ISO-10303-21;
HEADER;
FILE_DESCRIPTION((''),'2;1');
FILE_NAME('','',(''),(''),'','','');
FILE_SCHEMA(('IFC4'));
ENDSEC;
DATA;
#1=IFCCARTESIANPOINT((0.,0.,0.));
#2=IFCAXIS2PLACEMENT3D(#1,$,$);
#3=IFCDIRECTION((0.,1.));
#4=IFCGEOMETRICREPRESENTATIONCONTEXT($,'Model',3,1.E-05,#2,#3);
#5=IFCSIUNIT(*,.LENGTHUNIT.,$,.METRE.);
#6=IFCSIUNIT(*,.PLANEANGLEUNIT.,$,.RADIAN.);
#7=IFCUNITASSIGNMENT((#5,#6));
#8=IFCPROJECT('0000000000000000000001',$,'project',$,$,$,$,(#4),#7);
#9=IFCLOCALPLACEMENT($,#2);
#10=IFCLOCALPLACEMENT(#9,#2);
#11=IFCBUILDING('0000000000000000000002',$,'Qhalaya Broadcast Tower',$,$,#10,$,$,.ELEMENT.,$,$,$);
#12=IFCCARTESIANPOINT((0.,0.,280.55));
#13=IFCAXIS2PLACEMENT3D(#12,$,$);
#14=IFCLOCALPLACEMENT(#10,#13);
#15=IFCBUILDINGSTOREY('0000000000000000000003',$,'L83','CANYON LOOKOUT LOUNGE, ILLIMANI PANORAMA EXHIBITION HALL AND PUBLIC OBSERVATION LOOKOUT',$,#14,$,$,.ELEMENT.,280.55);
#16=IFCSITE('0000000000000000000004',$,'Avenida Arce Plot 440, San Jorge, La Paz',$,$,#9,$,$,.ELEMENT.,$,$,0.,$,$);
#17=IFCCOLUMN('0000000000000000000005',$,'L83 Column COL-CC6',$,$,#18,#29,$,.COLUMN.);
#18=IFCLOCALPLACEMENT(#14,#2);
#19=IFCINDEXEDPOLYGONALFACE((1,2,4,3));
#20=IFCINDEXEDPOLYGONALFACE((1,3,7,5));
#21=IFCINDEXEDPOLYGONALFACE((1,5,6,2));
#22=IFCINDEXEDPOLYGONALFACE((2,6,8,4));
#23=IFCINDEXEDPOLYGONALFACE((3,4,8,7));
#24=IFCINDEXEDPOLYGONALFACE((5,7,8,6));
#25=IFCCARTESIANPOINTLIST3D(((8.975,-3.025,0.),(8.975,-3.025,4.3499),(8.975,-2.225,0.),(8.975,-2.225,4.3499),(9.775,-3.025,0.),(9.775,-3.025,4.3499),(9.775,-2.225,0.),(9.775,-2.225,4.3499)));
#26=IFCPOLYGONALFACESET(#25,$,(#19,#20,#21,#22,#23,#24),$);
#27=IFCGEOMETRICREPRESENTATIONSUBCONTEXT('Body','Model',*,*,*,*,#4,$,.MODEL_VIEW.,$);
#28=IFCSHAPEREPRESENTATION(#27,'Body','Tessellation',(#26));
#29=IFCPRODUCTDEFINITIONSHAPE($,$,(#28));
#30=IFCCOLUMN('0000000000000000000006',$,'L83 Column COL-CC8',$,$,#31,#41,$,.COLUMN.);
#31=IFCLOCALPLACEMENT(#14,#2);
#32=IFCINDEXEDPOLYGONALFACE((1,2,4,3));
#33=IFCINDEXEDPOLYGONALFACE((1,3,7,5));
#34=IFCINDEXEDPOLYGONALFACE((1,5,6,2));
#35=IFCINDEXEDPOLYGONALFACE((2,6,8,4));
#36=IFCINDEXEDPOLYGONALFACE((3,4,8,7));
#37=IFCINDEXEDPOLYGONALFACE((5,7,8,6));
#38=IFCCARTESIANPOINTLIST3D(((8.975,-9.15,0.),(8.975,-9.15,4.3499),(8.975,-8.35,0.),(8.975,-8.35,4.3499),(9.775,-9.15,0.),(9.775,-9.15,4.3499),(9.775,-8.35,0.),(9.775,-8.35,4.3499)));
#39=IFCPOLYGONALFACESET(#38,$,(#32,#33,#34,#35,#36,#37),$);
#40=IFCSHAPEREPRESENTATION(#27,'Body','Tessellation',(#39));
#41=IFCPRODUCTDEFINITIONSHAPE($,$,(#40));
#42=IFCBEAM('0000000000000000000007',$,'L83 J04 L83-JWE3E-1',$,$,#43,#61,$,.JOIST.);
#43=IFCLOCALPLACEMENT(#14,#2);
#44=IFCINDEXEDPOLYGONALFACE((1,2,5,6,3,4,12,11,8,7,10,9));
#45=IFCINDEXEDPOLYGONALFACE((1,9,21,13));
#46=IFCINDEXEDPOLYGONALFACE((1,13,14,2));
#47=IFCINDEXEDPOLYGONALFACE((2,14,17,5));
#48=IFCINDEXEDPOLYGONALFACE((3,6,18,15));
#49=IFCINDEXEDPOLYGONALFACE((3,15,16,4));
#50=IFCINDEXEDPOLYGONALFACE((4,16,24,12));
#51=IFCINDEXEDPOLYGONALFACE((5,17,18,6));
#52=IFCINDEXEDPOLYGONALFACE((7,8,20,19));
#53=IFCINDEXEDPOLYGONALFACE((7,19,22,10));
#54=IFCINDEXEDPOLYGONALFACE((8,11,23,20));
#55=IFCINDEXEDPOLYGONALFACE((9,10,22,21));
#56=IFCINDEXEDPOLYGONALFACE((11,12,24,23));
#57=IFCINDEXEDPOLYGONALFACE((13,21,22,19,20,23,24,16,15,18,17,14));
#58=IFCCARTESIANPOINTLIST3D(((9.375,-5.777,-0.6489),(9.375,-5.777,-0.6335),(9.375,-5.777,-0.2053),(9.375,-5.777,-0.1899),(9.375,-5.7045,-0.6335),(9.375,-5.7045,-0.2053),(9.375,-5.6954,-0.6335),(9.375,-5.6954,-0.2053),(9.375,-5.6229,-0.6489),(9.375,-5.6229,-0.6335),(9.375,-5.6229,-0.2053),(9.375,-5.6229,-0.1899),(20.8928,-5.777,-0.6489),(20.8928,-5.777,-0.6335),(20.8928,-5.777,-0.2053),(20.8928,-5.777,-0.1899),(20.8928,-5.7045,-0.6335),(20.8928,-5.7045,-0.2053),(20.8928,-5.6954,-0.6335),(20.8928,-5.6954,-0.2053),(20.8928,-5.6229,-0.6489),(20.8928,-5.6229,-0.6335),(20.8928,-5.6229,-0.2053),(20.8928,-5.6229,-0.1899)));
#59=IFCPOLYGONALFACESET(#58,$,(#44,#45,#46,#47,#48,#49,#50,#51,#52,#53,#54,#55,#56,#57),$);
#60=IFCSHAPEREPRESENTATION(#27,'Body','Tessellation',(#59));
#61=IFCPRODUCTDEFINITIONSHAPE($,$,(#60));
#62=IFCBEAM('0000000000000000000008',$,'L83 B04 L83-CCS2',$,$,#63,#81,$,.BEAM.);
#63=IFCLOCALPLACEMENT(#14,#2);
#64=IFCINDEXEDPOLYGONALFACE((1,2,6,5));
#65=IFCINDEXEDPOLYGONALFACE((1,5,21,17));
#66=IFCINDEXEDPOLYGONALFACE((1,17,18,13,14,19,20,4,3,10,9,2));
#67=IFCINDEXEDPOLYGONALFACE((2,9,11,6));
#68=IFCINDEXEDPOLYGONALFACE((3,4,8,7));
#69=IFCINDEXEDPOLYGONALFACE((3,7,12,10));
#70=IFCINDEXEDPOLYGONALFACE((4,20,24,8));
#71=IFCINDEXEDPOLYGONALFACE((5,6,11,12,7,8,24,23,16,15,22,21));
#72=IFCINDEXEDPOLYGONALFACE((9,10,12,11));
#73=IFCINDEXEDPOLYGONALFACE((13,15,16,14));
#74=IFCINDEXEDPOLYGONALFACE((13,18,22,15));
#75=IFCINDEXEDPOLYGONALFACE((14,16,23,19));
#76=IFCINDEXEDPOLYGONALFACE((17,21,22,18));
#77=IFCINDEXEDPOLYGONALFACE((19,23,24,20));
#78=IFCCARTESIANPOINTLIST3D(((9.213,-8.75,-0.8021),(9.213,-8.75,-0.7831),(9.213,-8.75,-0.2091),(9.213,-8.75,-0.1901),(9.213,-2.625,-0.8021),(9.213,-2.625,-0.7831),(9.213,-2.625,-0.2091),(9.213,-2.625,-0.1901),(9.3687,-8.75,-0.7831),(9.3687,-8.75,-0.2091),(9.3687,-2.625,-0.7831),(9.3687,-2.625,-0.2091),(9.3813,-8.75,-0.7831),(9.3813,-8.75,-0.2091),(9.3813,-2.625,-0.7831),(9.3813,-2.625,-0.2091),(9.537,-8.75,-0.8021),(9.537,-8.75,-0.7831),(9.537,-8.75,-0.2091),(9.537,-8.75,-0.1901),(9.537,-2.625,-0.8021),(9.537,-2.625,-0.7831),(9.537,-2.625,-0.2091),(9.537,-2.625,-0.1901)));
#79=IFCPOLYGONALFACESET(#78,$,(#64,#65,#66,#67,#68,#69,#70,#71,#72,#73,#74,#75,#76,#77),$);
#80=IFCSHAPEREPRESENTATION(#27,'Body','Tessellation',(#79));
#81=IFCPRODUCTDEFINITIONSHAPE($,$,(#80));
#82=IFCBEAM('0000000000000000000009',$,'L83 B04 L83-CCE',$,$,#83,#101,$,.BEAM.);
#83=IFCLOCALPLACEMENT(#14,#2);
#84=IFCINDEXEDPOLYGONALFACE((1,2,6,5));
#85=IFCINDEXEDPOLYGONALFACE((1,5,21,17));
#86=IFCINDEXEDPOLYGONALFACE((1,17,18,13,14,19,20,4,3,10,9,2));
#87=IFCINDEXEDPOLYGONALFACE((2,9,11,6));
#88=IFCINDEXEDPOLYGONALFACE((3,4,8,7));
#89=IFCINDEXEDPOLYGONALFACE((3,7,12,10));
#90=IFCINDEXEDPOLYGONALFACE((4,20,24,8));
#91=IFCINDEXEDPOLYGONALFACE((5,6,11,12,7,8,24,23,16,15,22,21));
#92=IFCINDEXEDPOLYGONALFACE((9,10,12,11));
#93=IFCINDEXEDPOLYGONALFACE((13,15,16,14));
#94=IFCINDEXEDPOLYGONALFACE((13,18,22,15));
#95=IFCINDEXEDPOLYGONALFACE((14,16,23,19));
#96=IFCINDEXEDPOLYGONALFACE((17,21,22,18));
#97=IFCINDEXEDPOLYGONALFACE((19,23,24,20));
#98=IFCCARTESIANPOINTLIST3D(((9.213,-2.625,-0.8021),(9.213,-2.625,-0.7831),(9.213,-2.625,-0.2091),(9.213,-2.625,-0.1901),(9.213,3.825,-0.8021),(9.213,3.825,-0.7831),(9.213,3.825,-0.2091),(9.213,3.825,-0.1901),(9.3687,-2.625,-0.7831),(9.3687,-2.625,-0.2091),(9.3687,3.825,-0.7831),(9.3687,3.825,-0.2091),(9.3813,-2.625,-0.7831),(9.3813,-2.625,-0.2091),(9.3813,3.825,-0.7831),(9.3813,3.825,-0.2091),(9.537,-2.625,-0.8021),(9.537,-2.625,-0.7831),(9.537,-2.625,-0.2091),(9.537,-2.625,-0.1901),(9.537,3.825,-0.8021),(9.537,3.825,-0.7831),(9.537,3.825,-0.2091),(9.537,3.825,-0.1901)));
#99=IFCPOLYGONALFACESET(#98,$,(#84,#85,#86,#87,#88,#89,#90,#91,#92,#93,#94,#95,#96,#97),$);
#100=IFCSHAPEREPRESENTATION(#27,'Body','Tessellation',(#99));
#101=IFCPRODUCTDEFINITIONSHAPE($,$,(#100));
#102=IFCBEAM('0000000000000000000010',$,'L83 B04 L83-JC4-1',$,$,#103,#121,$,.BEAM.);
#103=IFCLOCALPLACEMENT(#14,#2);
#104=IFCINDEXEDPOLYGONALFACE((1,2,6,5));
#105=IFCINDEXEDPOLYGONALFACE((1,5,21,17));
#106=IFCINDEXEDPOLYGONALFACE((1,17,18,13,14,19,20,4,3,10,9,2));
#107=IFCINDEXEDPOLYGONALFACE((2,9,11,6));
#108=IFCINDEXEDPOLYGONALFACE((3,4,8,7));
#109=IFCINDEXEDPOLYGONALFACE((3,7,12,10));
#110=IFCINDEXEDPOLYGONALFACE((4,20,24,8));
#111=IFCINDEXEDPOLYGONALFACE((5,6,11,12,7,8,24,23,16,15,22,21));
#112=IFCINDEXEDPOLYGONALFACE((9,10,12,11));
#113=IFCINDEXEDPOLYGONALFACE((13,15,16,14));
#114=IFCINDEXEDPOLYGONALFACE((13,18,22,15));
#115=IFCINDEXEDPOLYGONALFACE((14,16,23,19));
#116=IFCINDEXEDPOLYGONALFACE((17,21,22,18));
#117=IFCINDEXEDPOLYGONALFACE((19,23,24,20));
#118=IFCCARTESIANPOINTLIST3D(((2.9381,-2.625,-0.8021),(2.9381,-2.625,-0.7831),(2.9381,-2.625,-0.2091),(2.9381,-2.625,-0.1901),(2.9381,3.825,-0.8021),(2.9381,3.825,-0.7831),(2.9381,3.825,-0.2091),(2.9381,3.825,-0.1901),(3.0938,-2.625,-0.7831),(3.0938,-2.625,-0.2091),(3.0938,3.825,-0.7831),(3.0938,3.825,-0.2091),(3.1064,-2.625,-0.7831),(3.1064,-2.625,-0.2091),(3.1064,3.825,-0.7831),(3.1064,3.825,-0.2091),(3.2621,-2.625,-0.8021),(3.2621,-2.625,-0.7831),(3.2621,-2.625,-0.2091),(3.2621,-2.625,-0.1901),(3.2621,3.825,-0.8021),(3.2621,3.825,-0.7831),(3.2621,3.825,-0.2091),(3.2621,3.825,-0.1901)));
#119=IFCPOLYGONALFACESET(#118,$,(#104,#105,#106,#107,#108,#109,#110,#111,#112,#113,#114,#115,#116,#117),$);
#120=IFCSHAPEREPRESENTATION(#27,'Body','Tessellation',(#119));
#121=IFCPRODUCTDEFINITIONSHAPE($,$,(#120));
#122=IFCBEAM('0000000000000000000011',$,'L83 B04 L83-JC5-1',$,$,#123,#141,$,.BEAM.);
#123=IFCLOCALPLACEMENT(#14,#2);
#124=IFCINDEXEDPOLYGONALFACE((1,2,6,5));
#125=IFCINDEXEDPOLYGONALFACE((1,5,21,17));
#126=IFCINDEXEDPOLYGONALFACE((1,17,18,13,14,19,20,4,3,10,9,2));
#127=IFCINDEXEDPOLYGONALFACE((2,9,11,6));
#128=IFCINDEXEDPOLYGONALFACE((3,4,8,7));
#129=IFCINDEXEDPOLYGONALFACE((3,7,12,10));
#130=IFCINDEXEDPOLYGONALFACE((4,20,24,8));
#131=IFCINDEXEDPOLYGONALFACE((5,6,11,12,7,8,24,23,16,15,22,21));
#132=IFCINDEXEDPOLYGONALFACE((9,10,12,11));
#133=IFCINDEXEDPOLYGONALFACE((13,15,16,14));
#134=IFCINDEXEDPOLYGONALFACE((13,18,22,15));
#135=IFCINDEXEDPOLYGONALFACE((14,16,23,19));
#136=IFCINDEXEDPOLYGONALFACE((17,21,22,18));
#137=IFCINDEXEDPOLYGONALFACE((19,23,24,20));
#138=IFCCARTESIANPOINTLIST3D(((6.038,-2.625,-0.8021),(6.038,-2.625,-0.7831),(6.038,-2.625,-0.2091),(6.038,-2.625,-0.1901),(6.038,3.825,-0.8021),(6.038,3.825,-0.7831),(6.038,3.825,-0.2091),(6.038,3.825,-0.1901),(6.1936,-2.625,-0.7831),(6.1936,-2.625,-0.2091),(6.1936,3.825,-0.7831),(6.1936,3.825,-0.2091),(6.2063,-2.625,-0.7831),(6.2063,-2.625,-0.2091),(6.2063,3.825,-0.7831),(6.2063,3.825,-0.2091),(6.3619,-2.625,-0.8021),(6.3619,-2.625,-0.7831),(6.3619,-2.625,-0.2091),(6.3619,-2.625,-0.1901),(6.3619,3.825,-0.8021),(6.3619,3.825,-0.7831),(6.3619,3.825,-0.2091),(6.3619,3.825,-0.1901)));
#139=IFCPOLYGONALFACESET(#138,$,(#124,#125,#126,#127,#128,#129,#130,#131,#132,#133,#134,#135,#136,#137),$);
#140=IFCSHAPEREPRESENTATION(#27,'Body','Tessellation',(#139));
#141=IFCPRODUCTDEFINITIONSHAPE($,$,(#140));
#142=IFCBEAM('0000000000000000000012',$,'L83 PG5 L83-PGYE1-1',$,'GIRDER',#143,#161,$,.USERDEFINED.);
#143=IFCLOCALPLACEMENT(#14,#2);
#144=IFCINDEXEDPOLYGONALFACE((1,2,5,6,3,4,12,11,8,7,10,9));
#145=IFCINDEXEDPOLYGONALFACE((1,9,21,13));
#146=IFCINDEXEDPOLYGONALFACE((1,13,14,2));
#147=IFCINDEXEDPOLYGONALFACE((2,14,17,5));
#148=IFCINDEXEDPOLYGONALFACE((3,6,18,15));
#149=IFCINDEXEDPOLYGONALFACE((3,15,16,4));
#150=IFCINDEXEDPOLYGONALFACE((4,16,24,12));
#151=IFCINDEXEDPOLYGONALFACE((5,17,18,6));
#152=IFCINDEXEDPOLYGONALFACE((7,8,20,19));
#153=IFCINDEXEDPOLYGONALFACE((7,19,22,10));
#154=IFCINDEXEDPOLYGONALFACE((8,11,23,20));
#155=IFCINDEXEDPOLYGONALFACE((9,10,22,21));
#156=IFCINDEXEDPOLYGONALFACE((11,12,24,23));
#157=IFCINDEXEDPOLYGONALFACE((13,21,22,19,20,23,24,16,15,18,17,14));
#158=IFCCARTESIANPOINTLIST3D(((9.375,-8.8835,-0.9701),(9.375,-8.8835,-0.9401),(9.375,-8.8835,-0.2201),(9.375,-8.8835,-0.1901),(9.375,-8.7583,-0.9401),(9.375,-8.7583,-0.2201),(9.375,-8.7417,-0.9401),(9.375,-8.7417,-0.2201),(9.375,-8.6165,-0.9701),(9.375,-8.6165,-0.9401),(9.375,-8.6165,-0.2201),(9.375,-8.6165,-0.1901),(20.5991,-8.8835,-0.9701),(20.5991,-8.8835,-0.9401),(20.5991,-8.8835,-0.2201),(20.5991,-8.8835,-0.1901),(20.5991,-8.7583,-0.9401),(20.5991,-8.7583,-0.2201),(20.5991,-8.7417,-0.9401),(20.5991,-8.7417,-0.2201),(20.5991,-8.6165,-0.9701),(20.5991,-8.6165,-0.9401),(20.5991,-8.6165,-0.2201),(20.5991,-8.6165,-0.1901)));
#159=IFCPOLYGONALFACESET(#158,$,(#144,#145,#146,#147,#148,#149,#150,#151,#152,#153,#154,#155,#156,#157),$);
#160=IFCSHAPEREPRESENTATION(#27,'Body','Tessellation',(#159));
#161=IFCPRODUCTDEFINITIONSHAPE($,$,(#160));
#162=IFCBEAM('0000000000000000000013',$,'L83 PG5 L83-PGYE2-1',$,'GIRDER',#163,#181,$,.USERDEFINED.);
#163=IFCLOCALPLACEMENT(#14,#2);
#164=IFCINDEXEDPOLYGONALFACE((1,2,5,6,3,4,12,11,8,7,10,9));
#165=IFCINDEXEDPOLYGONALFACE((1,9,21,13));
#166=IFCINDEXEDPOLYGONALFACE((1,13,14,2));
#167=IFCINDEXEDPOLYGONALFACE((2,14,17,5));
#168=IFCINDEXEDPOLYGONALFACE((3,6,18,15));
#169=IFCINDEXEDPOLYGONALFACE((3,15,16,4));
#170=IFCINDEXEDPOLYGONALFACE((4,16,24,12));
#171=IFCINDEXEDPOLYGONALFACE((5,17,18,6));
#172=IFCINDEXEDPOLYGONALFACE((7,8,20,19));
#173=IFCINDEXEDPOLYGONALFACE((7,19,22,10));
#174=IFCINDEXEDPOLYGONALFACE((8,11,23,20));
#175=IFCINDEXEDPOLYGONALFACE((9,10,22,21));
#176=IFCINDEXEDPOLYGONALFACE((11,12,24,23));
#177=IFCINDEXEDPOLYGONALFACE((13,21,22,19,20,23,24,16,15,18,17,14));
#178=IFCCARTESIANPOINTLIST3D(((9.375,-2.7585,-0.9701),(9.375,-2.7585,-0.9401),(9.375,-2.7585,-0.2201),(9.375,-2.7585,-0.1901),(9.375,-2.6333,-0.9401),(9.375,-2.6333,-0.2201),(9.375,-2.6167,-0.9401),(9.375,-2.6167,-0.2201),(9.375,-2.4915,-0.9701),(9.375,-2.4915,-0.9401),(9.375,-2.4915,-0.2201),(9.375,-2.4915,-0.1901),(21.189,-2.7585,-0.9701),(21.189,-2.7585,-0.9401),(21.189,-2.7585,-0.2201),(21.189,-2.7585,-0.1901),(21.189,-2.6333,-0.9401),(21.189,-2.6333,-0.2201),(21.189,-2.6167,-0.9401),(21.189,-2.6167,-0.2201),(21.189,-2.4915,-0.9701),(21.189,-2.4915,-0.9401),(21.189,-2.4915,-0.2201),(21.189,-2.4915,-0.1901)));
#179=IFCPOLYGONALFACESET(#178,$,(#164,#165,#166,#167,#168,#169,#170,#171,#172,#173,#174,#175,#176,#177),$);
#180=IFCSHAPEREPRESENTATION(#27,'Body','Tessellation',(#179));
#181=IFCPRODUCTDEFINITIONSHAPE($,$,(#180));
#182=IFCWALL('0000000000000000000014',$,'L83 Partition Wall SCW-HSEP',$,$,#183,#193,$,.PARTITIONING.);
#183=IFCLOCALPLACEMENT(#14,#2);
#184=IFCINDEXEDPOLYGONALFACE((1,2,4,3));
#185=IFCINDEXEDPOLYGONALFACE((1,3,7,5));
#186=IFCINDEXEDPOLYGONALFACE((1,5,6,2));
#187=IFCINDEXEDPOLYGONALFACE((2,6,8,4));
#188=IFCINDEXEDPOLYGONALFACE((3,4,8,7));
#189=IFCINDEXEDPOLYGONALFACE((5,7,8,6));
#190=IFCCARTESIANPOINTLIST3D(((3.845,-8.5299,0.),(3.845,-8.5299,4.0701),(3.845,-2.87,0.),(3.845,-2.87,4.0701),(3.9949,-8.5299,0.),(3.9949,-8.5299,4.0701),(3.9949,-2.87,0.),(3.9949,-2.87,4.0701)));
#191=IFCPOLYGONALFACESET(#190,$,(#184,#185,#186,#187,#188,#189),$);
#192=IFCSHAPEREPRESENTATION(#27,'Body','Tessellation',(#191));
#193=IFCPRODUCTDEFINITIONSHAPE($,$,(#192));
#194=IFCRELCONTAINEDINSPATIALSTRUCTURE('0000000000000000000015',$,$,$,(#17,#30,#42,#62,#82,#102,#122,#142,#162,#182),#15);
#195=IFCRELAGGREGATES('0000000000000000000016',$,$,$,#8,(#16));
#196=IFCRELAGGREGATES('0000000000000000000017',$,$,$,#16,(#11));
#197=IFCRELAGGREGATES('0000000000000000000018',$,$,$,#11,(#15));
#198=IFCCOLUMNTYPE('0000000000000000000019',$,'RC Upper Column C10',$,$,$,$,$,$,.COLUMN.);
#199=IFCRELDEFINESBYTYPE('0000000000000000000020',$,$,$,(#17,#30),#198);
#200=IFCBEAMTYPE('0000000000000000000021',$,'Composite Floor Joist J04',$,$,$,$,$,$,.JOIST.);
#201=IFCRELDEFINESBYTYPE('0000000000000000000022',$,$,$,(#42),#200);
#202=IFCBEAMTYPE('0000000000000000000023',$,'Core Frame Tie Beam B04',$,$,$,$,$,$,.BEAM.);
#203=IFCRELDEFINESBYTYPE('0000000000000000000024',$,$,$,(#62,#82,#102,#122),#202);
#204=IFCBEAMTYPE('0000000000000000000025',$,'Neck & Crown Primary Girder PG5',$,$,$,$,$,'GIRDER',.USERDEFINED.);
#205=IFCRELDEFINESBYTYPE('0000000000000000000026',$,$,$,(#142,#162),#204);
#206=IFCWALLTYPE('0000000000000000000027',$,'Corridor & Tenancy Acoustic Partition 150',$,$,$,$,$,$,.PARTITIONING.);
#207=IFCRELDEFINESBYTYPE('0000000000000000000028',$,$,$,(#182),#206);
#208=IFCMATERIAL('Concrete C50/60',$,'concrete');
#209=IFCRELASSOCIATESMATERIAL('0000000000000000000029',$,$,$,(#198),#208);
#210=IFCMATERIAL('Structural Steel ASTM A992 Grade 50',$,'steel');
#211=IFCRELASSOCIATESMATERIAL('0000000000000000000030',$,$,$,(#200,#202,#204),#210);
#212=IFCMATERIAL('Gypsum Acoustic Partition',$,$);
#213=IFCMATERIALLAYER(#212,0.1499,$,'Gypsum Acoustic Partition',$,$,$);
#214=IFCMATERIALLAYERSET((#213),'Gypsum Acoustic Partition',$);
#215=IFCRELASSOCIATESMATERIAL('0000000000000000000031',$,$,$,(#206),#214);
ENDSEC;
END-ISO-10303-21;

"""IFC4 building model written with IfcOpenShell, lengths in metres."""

from ifc_helpers import new_model, si_unit, direction, frame, frame_2d, origin, origin_2d, place, context, subcontext, project, spatial, rectangle, i_section, extrude, material, layer, layer_set, material_profile, profile_set, type_object, element, save


model = new_model("IFC4")

# Units and contexts
model_context = context("Model", 3, precision=1e-05, world=origin(), true_north=direction((0.0, 1.0)))
body_context = subcontext(model_context, "Body", "Model", "MODEL_VIEW")
ifc_project = project(units=[si_unit("LENGTHUNIT", "METRE"), si_unit("PLANEANGLEUNIT", "RADIAN")], contexts=[model_context])

# Site, building, storey
site_placement = place(None, origin())
site = spatial("IfcSite", under=ifc_project, at=site_placement, Name="Avenida Arce Plot 440, San Jorge, La Paz", CompositionType="ELEMENT", RefElevation=0.0)
building_placement = place(site_placement, origin())
building = spatial("IfcBuilding", under=site, at=building_placement, Name="Qhalaya Broadcast Tower", CompositionType="ELEMENT")
storey_placement = place(building_placement, frame((0.0, 0.0, 280.55)))
storey = spatial("IfcBuildingStorey", under=building, at=storey_placement, Name="L83", Description="CANYON LOOKOUT LOUNGE, ILLIMANI PANORAMA EXHIBITION HALL AND PUBLIC OBSERVATION LOOKOUT", CompositionType="ELEMENT", Elevation=280.55)

# Columns
ifc_material_1 = material(Name="Concrete C50/60", Category="concrete")
ifc_material_profile_1 = material_profile(ifc_material_1, rectangle(XDim=0.8, YDim=0.8, at=origin_2d()), Name="RC-COL 800x800")
ifc_profile_set_1 = profile_set([ifc_material_profile_1], Name="Concrete C50/60")
column_type = type_object("IfcColumnType", Name="RC Upper Column C10", PredefinedType="COLUMN", material=ifc_profile_set_1)
for number, where, z_axis, x_axis, name in (
    (1, (9.375, -2.625, 0.0), (0.0, 0.0, 1.0), (1.0, 0.0, 0.0), "L83 Column COL-CC6"),
    (2, (9.375, -8.75, 0.0), (0.0, 0.0, 1.0), (1.0, 0.0, 0.0), "L83 Column COL-CC8"),
):
    element("IfcColumn", number, at=place(storey_placement, frame(where, z_axis=z_axis, x_axis=x_axis)), inside=storey, type_object=column_type, Name=name, PredefinedType="COLUMN", context=body_context, shape_type="SweptSolid", body=[
        extrude(rectangle(XDim=0.8, YDim=0.8, at=origin_2d()), origin(), (0.0, 0.0, 1.0), 4.3499),
    ])

# Beams
ifc_material_2 = material(Name="Structural Steel ASTM A992 Grade 50", Category="steel")
ifc_material_profile_2 = material_profile(ifc_material_2, i_section(OverallWidth=0.1541, OverallDepth=0.459, WebThickness=0.009, FlangeThickness=0.0154, at=origin_2d()), Name="W18X46")
ifc_profile_set_2 = profile_set([ifc_material_profile_2], Name="Structural Steel ASTM A992 Grade 50")
beam_type_1 = type_object("IfcBeamType", Name="Composite Floor Joist J04", PredefinedType="JOIST", material=ifc_profile_set_2)
beam_1_placement = place(storey_placement, frame((9.375, -5.7, -0.4194), z_axis=(1.0, 0.0, 0.0), x_axis=(0.0, 1.0, 0.0)))
element("IfcBeam", 3, at=beam_1_placement, inside=storey, type_object=beam_type_1, Name="L83 J04 L83-JWE3E-1", PredefinedType="JOIST", context=body_context, shape_type="SweptSolid", body=[
    extrude(i_section(OverallWidth=0.1541, OverallDepth=0.459, WebThickness=0.009, FlangeThickness=0.0154, at=origin_2d()), origin(), (0.0, 0.0, 1.0), 11.5178),
])
ifc_material_profile_3 = material_profile(ifc_material_2, i_section(OverallWidth=0.324, OverallDepth=0.6121, WebThickness=0.0127, FlangeThickness=0.019, at=origin_2d()), Name="W24X104")
ifc_profile_set_3 = profile_set([ifc_material_profile_3], Name="Structural Steel ASTM A992 Grade 50")
beam_type_2 = type_object("IfcBeamType", Name="Core Frame Tie Beam B04", PredefinedType="BEAM", material=ifc_profile_set_3)
beam_2_placement = place(storey_placement, frame((9.375, -8.75, -0.4961), z_axis=(0.0, 1.0, 0.0), x_axis=(-1.0, 0.0, 0.0)))
element("IfcBeam", 4, at=beam_2_placement, inside=storey, type_object=beam_type_2, Name="L83 B04 L83-CCS2", PredefinedType="BEAM", context=body_context, shape_type="SweptSolid", body=[
    extrude(i_section(OverallWidth=0.324, OverallDepth=0.6121, WebThickness=0.0127, FlangeThickness=0.019, at=origin_2d()), origin(), (0.0, 0.0, 1.0), 6.125),
])
for number, where, z_axis, x_axis, name in (
    (5, (9.375, -2.625, -0.4961), (0.0, 1.0, 0.0), (-1.0, 0.0, 0.0), "L83 B04 L83-CCE"),
    (6, (3.1001, -2.625, -0.4961), (0.0, 1.0, 0.0), (-1.0, 0.0, 0.0), "L83 B04 L83-JC4-1"),
    (7, (6.2, -2.625, -0.4961), (0.0, 1.0, 0.0), (-1.0, 0.0, 0.0), "L83 B04 L83-JC5-1"),
):
    element("IfcBeam", number, at=place(storey_placement, frame(where, z_axis=z_axis, x_axis=x_axis)), inside=storey, type_object=beam_type_2, Name=name, PredefinedType="BEAM", context=body_context, shape_type="SweptSolid", body=[
        extrude(i_section(OverallWidth=0.324, OverallDepth=0.6121, WebThickness=0.0127, FlangeThickness=0.019, at=origin_2d()), origin(), (0.0, 0.0, 1.0), 6.45),
    ])
ifc_material_profile_4 = material_profile(ifc_material_2, i_section(OverallWidth=0.2671, OverallDepth=0.78, WebThickness=0.0166, FlangeThickness=0.03, at=origin_2d()), Name="W30X148")
ifc_profile_set_4 = profile_set([ifc_material_profile_4], Name="Structural Steel ASTM A992 Grade 50")
beam_type_3 = type_object("IfcBeamType", Name="Neck & Crown Primary Girder PG5", ElementType="GIRDER", PredefinedType="USERDEFINED", material=ifc_profile_set_4)
beam_3_placement = place(storey_placement, frame((9.375, -8.75, -0.5801), z_axis=(1.0, 0.0, 0.0), x_axis=(0.0, 1.0, 0.0)))
element("IfcBeam", 8, at=beam_3_placement, inside=storey, type_object=beam_type_3, Name="L83 PG5 L83-PGYE1-1", ObjectType="GIRDER", PredefinedType="USERDEFINED", context=body_context, shape_type="SweptSolid", body=[
    extrude(i_section(OverallWidth=0.2671, OverallDepth=0.78, WebThickness=0.0166, FlangeThickness=0.03, at=origin_2d()), origin(), (0.0, 0.0, 1.0), 11.2241),
])
beam_4_placement = place(storey_placement, frame((9.375, -2.625, -0.5801), z_axis=(1.0, 0.0, 0.0), x_axis=(0.0, 1.0, 0.0)))
element("IfcBeam", 9, at=beam_4_placement, inside=storey, type_object=beam_type_3, Name="L83 PG5 L83-PGYE2-1", ObjectType="GIRDER", PredefinedType="USERDEFINED", context=body_context, shape_type="SweptSolid", body=[
    extrude(i_section(OverallWidth=0.2671, OverallDepth=0.78, WebThickness=0.0166, FlangeThickness=0.03, at=origin_2d()), origin(), (0.0, 0.0, 1.0), 11.814),
])

# Wall
ifc_material_3 = material(Name="Gypsum Acoustic Partition")
ifc_layer_1 = layer(ifc_material_3, 0.1499, Name="Gypsum Acoustic Partition")
ifc_layer_set_1 = layer_set([ifc_layer_1], Name="Gypsum Acoustic Partition")
wall_type_1 = type_object("IfcWallType", Name="Corridor & Tenancy Acoustic Partition 150", PredefinedType="PARTITIONING", material=ifc_layer_set_1)
wall_1_placement = place(storey_placement, frame((3.9199, -8.53, 0.0), z_axis=(0.0, 0.0, 1.0), x_axis=(0.0, 1.0, 0.0)))
element("IfcWall", 10, at=wall_1_placement, inside=storey, type_object=wall_type_1, Name="L83 Partition Wall SCW-HSEP", PredefinedType="PARTITIONING", context=body_context, shape_type="SweptSolid", body=[
    extrude(rectangle(XDim=5.6599, YDim=0.1499, at=frame_2d((2.8301, 0.0))), origin(), (0.0, 0.0, 1.0), 4.0701),
])

save(model, "model.ifc")
